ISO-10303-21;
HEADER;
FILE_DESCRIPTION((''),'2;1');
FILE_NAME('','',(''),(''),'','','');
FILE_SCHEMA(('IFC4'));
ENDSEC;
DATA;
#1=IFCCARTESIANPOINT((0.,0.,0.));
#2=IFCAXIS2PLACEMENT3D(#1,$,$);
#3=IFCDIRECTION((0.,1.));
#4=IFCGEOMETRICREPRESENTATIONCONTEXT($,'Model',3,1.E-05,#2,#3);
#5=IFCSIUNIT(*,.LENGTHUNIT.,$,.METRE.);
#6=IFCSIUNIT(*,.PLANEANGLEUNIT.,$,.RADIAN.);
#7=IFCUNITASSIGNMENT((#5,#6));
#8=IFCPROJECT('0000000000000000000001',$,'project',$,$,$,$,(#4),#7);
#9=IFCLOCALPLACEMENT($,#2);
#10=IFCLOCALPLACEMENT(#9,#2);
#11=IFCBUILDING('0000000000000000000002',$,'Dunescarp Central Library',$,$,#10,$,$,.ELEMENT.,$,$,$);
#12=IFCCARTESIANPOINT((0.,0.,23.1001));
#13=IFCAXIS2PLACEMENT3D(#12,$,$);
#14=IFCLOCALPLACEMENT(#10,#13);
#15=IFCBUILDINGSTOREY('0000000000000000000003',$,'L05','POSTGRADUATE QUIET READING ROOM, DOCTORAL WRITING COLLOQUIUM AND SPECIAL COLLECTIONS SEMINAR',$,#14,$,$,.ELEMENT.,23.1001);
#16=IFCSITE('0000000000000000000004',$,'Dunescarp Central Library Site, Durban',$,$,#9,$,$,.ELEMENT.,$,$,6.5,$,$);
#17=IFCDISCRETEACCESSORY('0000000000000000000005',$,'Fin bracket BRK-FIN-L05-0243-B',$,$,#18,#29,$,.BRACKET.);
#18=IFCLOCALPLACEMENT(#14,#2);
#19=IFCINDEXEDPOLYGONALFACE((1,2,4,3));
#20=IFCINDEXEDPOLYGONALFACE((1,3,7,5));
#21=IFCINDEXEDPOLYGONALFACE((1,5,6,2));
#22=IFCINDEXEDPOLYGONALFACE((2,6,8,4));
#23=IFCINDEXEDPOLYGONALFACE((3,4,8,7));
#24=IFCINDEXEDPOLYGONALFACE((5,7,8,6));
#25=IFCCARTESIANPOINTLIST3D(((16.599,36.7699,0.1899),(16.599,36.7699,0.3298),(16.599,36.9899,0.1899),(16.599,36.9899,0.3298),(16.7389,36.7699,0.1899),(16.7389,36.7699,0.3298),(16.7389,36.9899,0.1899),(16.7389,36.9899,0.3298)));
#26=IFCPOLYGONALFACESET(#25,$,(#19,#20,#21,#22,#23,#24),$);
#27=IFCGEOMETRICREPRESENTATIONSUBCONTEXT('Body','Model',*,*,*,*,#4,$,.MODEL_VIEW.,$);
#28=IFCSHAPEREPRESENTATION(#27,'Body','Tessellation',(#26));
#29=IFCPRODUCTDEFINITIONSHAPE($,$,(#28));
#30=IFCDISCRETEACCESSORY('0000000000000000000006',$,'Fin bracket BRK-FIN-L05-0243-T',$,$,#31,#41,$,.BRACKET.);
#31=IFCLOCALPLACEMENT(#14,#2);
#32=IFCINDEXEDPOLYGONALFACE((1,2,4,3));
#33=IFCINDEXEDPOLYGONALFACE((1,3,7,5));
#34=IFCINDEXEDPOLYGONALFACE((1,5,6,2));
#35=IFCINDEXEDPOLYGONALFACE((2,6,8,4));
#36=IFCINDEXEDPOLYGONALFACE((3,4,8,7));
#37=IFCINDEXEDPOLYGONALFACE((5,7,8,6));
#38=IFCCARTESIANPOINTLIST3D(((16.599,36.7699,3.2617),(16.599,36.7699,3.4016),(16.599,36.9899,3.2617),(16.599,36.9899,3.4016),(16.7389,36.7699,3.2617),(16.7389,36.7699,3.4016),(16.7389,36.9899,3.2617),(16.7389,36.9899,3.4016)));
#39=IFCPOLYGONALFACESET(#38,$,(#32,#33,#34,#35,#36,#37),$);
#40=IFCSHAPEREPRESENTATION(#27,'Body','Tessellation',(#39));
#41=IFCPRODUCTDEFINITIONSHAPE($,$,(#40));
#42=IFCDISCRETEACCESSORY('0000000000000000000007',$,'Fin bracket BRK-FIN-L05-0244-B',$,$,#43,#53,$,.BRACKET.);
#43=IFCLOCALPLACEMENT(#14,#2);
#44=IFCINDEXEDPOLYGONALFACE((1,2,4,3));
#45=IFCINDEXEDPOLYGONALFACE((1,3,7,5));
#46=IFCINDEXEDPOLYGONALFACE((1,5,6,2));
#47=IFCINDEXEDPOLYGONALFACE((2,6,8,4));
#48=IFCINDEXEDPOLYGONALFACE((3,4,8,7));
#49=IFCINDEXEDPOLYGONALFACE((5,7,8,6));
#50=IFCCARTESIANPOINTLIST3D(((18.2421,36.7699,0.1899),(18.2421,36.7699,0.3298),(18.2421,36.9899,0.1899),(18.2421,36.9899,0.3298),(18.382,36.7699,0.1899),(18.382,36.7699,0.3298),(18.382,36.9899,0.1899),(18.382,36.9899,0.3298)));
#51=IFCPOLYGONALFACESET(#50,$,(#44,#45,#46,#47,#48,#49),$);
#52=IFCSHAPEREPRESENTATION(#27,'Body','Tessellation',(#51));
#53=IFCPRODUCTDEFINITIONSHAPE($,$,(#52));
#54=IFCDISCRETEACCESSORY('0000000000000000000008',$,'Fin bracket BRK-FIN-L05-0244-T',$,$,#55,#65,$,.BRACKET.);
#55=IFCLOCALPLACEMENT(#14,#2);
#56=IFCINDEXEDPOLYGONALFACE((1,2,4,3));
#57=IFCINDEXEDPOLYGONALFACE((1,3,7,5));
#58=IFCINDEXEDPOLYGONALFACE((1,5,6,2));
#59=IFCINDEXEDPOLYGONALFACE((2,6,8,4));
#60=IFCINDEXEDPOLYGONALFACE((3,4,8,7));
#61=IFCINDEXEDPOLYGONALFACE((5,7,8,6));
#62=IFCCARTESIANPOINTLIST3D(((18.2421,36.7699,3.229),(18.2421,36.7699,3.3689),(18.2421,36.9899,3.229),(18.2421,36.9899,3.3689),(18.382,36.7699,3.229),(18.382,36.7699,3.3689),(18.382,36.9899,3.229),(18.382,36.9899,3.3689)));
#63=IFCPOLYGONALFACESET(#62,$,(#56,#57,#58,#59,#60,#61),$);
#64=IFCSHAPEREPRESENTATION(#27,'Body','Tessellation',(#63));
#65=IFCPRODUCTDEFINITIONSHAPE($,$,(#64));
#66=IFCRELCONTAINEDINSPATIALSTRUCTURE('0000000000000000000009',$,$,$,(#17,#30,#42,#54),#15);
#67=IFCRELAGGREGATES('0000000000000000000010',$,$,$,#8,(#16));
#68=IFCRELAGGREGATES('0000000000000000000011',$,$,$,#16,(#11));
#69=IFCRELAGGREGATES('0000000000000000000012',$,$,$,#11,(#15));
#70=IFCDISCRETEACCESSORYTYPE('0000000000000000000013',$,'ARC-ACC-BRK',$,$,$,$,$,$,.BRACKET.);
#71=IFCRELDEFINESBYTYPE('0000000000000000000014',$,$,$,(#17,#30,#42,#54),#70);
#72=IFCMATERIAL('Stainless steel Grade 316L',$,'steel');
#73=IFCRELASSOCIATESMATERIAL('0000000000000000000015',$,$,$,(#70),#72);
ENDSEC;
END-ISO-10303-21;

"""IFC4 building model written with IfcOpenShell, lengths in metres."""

from ifc_helpers import new_model, si_unit, direction, frame, origin, origin_2d, place, context, subcontext, project, spatial, rectangle, extrude, material, type_object, element, save


model = new_model("IFC4")

# Units and contexts
model_context = context("Model", 3, precision=1e-05, world=origin(), true_north=direction((0.0, 1.0)))
body_context = subcontext(model_context, "Body", "Model", "MODEL_VIEW")
ifc_project = project(units=[si_unit("LENGTHUNIT", "METRE"), si_unit("PLANEANGLEUNIT", "RADIAN")], contexts=[model_context])

# Site, building, storey
site_placement = place(None, origin())
site = spatial("IfcSite", under=ifc_project, at=site_placement, Name="Dunescarp Central Library Site, Durban", CompositionType="ELEMENT", RefElevation=6.5)
building_placement = place(site_placement, origin())
building = spatial("IfcBuilding", under=site, at=building_placement, Name="Dunescarp Central Library", CompositionType="ELEMENT")
storey_placement = place(building_placement, frame((0.0, 0.0, 23.1001)))
storey = spatial("IfcBuildingStorey", under=building, at=storey_placement, Name="L05", Description="POSTGRADUATE QUIET READING ROOM, DOCTORAL WRITING COLLOQUIUM AND SPECIAL COLLECTIONS SEMINAR", CompositionType="ELEMENT", Elevation=23.1001)

# Discrete accessories
ifc_material_1 = material(Name="Stainless steel Grade 316L", Category="steel")
discrete_accessory_type = type_object("IfcDiscreteAccessoryType", Name="ARC-ACC-BRK", PredefinedType="BRACKET", material=ifc_material_1)
for number, where, z_axis, x_axis, name in (
    (1, (16.6689, 36.8799, 0.1899), (0.0, 0.0, 1.0), (0.0, 1.0, 0.0), "Fin bracket BRK-FIN-L05-0243-B"),
    (2, (16.6689, 36.8799, 3.2617), (0.0, 0.0, 1.0), (0.0, 1.0, 0.0), "Fin bracket BRK-FIN-L05-0243-T"),
    (3, (18.312, 36.8799, 0.1899), (0.0, 0.0, 1.0), (0.0, 1.0, 0.0), "Fin bracket BRK-FIN-L05-0244-B"),
    (4, (18.312, 36.8799, 3.229), (0.0, 0.0, 1.0), (0.0, 1.0, 0.0), "Fin bracket BRK-FIN-L05-0244-T"),
):
    element("IfcDiscreteAccessory", number, at=place(storey_placement, frame(where, z_axis=z_axis, x_axis=x_axis)), inside=storey, type_object=discrete_accessory_type, Name=name, PredefinedType="BRACKET", context=body_context, shape_type="SweptSolid", body=[
        extrude(rectangle(XDim=0.22, YDim=0.1399, at=origin_2d()), origin(), (0.0, 0.0, 1.0), 0.1399),
    ])

save(model, "model.ifc")
